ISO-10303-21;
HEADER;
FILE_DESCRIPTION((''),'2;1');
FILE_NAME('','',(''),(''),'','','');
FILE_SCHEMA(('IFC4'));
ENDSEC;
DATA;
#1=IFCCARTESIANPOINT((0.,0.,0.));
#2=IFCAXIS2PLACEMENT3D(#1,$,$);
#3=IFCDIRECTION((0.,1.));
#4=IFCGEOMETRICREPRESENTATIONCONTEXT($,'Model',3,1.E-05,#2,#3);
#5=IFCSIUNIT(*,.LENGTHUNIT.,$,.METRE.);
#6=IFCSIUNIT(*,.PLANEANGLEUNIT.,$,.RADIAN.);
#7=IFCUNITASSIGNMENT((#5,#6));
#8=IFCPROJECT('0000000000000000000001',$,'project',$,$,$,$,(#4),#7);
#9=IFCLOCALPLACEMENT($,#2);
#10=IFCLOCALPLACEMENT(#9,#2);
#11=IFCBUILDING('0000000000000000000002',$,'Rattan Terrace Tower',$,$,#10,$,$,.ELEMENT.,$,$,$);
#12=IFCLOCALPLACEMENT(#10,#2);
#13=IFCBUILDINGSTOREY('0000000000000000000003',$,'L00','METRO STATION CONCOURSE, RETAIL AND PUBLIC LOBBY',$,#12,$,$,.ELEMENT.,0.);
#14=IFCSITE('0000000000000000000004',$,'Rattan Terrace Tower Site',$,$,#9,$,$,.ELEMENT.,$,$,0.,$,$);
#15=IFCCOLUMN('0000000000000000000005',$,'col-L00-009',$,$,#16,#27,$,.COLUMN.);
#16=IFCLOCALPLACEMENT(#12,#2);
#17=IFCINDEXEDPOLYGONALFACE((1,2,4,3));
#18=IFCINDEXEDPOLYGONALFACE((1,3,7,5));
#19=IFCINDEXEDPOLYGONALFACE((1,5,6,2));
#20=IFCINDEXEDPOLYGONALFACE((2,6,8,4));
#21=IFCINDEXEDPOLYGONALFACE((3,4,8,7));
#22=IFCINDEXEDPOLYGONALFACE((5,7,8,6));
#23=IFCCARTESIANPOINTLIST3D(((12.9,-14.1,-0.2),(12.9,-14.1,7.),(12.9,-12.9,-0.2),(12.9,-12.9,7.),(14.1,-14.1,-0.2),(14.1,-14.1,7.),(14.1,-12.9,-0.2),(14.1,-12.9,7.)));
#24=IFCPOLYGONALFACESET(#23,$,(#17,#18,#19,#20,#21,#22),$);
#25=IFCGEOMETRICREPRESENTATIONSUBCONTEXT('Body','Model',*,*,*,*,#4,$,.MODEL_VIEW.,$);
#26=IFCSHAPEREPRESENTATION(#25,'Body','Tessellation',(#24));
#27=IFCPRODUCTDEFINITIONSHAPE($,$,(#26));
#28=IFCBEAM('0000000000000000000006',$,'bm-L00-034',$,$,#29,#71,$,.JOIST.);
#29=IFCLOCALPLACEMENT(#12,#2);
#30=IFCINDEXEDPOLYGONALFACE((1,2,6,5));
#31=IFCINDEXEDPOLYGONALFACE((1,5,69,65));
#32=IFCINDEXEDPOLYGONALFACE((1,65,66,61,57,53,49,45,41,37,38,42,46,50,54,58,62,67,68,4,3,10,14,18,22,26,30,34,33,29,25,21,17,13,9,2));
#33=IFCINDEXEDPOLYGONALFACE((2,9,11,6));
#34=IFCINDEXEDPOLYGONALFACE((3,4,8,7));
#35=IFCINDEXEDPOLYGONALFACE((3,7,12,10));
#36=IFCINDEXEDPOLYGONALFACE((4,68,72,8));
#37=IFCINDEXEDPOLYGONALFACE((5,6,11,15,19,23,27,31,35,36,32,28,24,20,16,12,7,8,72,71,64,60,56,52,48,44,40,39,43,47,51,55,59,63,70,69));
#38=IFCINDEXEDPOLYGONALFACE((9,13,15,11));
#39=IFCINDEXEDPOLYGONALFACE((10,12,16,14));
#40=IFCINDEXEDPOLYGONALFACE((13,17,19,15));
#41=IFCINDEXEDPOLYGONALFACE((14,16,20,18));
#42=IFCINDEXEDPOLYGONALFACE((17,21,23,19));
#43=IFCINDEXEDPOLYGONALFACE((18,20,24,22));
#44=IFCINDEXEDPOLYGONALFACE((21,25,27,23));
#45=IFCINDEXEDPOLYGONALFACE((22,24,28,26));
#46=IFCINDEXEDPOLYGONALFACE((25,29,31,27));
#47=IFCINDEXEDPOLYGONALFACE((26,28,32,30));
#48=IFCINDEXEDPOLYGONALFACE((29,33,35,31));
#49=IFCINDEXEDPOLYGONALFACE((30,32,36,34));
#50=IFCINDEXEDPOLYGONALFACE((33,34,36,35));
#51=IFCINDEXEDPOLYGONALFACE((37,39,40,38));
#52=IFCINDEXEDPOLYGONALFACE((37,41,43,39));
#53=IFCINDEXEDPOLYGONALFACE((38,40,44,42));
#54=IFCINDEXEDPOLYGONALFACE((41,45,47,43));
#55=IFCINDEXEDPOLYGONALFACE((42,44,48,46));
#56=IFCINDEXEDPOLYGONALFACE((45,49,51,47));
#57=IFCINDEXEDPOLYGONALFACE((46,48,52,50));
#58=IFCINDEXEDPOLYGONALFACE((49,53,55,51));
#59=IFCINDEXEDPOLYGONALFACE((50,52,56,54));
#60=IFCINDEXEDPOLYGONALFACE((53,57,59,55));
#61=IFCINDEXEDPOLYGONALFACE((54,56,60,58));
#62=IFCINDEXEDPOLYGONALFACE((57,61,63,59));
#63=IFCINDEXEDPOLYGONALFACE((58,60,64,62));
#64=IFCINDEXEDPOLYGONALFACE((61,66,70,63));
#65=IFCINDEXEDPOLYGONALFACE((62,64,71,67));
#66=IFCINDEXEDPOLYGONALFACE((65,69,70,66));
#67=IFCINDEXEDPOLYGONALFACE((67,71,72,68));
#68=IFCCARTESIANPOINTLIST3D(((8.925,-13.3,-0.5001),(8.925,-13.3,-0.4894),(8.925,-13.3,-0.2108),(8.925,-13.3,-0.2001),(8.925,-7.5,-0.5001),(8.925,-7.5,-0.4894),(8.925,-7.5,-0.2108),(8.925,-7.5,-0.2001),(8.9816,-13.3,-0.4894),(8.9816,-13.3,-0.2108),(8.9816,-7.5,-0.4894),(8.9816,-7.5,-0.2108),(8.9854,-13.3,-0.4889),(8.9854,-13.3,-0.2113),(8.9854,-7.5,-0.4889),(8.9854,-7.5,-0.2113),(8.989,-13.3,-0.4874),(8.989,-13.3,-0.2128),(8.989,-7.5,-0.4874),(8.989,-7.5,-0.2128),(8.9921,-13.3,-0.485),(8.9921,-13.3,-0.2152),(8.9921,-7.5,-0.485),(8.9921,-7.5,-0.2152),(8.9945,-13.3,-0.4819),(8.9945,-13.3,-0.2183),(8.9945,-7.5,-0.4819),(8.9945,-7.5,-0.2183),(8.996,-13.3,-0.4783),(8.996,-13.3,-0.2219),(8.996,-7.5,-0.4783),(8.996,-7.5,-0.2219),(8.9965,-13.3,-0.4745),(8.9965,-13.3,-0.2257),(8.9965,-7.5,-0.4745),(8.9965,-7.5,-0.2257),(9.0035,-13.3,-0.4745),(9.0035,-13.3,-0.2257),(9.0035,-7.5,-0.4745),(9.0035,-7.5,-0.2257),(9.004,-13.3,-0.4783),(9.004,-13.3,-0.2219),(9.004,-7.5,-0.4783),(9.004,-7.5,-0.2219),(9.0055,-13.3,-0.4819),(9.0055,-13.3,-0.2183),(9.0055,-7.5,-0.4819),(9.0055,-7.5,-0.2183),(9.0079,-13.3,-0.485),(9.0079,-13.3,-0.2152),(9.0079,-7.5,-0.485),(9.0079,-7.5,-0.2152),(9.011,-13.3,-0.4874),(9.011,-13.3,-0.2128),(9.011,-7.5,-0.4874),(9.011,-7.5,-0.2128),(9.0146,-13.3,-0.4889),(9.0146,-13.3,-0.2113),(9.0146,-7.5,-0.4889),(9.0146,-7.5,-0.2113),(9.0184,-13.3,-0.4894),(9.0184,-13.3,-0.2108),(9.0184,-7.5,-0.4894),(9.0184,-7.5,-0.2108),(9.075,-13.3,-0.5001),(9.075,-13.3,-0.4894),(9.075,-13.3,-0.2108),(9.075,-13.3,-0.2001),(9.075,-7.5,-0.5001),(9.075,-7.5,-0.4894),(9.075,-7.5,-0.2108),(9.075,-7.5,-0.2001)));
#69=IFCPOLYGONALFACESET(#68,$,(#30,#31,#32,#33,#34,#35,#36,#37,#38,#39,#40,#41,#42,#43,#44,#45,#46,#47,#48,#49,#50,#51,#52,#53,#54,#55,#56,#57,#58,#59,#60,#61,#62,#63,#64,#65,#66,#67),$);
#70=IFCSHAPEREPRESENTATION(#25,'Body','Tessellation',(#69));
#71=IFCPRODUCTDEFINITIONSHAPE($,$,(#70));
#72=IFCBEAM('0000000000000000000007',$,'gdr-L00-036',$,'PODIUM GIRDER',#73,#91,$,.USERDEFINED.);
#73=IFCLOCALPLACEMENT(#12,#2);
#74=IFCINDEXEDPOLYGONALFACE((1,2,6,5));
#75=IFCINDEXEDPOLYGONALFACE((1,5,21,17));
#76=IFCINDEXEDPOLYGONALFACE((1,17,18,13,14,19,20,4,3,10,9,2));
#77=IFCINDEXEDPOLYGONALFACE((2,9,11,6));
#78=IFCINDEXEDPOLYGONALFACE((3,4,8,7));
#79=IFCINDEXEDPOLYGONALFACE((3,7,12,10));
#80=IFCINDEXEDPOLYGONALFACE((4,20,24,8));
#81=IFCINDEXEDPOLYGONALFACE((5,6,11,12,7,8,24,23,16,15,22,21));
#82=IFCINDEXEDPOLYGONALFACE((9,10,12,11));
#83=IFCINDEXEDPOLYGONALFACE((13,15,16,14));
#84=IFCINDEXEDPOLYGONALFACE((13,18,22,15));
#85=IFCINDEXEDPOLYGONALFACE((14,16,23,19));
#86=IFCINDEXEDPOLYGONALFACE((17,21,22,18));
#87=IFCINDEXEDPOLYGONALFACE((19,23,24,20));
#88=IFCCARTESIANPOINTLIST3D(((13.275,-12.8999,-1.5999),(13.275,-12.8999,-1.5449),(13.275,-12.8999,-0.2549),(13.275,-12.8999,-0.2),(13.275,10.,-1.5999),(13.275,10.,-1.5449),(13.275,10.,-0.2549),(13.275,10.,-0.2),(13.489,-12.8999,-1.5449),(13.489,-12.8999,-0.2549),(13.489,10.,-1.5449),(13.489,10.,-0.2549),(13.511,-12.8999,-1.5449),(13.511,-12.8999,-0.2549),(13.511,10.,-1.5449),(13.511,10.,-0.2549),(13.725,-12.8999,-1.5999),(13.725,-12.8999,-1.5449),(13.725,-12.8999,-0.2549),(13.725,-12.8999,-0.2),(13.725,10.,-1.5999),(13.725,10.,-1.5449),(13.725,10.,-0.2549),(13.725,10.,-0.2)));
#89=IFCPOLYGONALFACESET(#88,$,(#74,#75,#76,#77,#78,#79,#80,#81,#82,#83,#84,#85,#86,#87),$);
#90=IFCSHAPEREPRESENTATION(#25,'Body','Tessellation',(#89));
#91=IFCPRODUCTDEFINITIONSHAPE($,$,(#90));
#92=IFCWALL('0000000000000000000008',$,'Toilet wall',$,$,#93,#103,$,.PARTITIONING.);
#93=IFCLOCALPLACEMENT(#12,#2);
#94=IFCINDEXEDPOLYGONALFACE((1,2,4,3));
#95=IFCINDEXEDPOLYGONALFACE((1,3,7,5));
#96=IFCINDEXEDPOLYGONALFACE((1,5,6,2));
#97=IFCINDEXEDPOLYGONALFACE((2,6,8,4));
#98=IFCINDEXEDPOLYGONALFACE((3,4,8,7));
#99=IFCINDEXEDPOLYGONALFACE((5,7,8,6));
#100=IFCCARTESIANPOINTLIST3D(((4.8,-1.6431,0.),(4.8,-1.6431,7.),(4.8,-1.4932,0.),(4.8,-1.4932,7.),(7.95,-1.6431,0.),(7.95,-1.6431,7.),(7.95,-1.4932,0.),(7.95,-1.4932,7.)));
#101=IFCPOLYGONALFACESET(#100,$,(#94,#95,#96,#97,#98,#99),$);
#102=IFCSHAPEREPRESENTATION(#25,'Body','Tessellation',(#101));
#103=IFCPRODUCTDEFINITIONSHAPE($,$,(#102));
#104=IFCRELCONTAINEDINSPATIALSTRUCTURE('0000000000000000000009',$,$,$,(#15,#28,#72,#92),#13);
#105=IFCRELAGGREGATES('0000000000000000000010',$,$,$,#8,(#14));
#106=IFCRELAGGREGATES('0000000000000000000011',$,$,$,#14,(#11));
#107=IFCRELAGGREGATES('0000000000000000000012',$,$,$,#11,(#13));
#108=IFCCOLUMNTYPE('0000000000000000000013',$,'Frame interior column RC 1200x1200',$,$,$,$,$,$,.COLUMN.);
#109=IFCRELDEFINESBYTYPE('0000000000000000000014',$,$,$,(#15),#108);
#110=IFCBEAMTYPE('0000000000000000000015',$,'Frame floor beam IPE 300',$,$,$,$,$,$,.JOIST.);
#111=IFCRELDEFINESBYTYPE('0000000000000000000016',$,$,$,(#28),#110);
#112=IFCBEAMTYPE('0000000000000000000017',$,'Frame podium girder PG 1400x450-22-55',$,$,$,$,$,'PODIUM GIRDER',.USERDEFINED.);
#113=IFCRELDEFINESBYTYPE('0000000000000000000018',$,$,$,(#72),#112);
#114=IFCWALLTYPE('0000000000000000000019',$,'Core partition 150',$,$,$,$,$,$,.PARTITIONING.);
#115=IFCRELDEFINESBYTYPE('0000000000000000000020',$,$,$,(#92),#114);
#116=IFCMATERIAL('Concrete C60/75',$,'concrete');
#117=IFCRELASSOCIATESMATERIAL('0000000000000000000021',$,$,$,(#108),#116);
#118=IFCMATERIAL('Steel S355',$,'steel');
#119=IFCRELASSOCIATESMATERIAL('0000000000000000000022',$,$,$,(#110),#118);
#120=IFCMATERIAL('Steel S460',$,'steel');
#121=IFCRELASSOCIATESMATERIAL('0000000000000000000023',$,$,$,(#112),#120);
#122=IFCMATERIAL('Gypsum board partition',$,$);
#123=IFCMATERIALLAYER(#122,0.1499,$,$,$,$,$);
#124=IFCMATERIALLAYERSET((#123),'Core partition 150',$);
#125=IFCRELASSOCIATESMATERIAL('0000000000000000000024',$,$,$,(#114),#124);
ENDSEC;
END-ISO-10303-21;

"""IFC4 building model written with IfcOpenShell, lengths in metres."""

from ifc_helpers import new_model, si_unit, direction, frame, frame_2d, origin, origin_2d, place, context, subcontext, project, spatial, rectangle, i_section, extrude, material, layer, layer_set, material_profile, profile_set, type_object, element, save


model = new_model("IFC4")

# Units and contexts
model_context = context("Model", 3, precision=1e-05, world=origin(), true_north=direction((0.0, 1.0)))
body_context = subcontext(model_context, "Body", "Model", "MODEL_VIEW")
ifc_project = project(units=[si_unit("LENGTHUNIT", "METRE"), si_unit("PLANEANGLEUNIT", "RADIAN")], contexts=[model_context])

# Site, building, storey
site_placement = place(None, origin())
site = spatial("IfcSite", under=ifc_project, at=site_placement, Name="Rattan Terrace Tower Site", CompositionType="ELEMENT", RefElevation=0.0)
building_placement = place(site_placement, origin())
building = spatial("IfcBuilding", under=site, at=building_placement, Name="Rattan Terrace Tower", CompositionType="ELEMENT")
storey_placement = place(building_placement, origin())
storey = spatial("IfcBuildingStorey", under=building, at=storey_placement, Name="L00", Description="METRO STATION CONCOURSE, RETAIL AND PUBLIC LOBBY", CompositionType="ELEMENT", Elevation=0.0)

# Column
ifc_material_1 = material(Name="Concrete C60/75", Category="concrete")
ifc_material_profile_1 = material_profile(ifc_material_1, rectangle(XDim=1.2, YDim=1.2, at=origin_2d()), Name="RC 1200x1200")
ifc_profile_set_1 = profile_set([ifc_material_profile_1], Name="Concrete C60/75")
column_type = type_object("IfcColumnType", Name="Frame interior column RC 1200x1200", PredefinedType="COLUMN", material=ifc_profile_set_1)
column_placement = place(storey_placement, frame((13.5, -13.5, -0.2), z_axis=(0.0, 0.0, 1.0), x_axis=(1.0, 0.0, 0.0)))
element("IfcColumn", 1, at=column_placement, inside=storey, type_object=column_type, Name="col-L00-009", PredefinedType="COLUMN", context=body_context, shape_type="SweptSolid", body=[
    extrude(rectangle(XDim=1.2, YDim=1.2, at=origin_2d()), origin(), (0.0, 0.0, 1.0), 7.2),
])

# Beams
ifc_material_2 = material(Name="Steel S355", Category="steel")
ifc_material_profile_2 = material_profile(ifc_material_2, i_section(OverallWidth=0.1499, OverallDepth=0.3, WebThickness=0.0071, FlangeThickness=0.0107, FilletRadius=0.0149, at=origin_2d()), Name="IPE 300")
ifc_profile_set_2 = profile_set([ifc_material_profile_2], Name="Steel S355")
beam_type_1 = type_object("IfcBeamType", Name="Frame floor beam IPE 300", PredefinedType="JOIST", material=ifc_profile_set_2)
beam_1_placement = place(storey_placement, frame((9.0, -13.3, -0.3501), z_axis=(0.0, 1.0, 0.0), x_axis=(-1.0, 0.0, 0.0)))
element("IfcBeam", 2, at=beam_1_placement, inside=storey, type_object=beam_type_1, Name="bm-L00-034", PredefinedType="JOIST", context=body_context, shape_type="SweptSolid", body=[
    extrude(i_section(OverallWidth=0.1499, OverallDepth=0.3, WebThickness=0.0071, FlangeThickness=0.0107, FilletRadius=0.0149, at=origin_2d()), origin(), (0.0, 0.0, 1.0), 5.8),
])
ifc_material_3 = material(Name="Steel S460", Category="steel")
ifc_material_profile_3 = material_profile(ifc_material_3, i_section(OverallWidth=0.45, OverallDepth=1.3999, WebThickness=0.022, FlangeThickness=0.0549, at=origin_2d()), Name="PG 1400x450-22-55")
ifc_profile_set_3 = profile_set([ifc_material_profile_3], Name="Steel S460")
beam_type_2 = type_object("IfcBeamType", Name="Frame podium girder PG 1400x450-22-55", ElementType="PODIUM GIRDER", PredefinedType="USERDEFINED", material=ifc_profile_set_3)
beam_2_placement = place(storey_placement, frame((13.5, -12.8999, -0.8999), z_axis=(0.0, 1.0, 0.0), x_axis=(-1.0, 0.0, 0.0)))
element("IfcBeam", 3, at=beam_2_placement, inside=storey, type_object=beam_type_2, Name="gdr-L00-036", ObjectType="PODIUM GIRDER", PredefinedType="USERDEFINED", context=body_context, shape_type="SweptSolid", body=[
    extrude(i_section(OverallWidth=0.45, OverallDepth=1.3999, WebThickness=0.022, FlangeThickness=0.0549, at=origin_2d()), origin(), (0.0, 0.0, 1.0), 22.8999),
])

# Wall
ifc_material_4 = material(Name="Gypsum board partition")
ifc_layer_1 = layer(ifc_material_4, 0.1499)
ifc_layer_set_1 = layer_set([ifc_layer_1], Name="Core partition 150")
wall_type_1 = type_object("IfcWallType", Name="Core partition 150", PredefinedType="PARTITIONING", material=ifc_layer_set_1)
wall_1_placement = place(storey_placement, frame((4.8, -1.5681, 0.0), z_axis=(0.0, 0.0, 1.0), x_axis=(1.0, 0.0, 0.0)))
element("IfcWall", 4, at=wall_1_placement, inside=storey, type_object=wall_type_1, Name="Toilet wall", PredefinedType="PARTITIONING", context=body_context, shape_type="SweptSolid", body=[
    extrude(rectangle(XDim=3.1499, YDim=0.1499, at=frame_2d((1.575, 0.0))), origin(), (0.0, 0.0, 1.0), 7.0),
])

save(model, "model.ifc")
